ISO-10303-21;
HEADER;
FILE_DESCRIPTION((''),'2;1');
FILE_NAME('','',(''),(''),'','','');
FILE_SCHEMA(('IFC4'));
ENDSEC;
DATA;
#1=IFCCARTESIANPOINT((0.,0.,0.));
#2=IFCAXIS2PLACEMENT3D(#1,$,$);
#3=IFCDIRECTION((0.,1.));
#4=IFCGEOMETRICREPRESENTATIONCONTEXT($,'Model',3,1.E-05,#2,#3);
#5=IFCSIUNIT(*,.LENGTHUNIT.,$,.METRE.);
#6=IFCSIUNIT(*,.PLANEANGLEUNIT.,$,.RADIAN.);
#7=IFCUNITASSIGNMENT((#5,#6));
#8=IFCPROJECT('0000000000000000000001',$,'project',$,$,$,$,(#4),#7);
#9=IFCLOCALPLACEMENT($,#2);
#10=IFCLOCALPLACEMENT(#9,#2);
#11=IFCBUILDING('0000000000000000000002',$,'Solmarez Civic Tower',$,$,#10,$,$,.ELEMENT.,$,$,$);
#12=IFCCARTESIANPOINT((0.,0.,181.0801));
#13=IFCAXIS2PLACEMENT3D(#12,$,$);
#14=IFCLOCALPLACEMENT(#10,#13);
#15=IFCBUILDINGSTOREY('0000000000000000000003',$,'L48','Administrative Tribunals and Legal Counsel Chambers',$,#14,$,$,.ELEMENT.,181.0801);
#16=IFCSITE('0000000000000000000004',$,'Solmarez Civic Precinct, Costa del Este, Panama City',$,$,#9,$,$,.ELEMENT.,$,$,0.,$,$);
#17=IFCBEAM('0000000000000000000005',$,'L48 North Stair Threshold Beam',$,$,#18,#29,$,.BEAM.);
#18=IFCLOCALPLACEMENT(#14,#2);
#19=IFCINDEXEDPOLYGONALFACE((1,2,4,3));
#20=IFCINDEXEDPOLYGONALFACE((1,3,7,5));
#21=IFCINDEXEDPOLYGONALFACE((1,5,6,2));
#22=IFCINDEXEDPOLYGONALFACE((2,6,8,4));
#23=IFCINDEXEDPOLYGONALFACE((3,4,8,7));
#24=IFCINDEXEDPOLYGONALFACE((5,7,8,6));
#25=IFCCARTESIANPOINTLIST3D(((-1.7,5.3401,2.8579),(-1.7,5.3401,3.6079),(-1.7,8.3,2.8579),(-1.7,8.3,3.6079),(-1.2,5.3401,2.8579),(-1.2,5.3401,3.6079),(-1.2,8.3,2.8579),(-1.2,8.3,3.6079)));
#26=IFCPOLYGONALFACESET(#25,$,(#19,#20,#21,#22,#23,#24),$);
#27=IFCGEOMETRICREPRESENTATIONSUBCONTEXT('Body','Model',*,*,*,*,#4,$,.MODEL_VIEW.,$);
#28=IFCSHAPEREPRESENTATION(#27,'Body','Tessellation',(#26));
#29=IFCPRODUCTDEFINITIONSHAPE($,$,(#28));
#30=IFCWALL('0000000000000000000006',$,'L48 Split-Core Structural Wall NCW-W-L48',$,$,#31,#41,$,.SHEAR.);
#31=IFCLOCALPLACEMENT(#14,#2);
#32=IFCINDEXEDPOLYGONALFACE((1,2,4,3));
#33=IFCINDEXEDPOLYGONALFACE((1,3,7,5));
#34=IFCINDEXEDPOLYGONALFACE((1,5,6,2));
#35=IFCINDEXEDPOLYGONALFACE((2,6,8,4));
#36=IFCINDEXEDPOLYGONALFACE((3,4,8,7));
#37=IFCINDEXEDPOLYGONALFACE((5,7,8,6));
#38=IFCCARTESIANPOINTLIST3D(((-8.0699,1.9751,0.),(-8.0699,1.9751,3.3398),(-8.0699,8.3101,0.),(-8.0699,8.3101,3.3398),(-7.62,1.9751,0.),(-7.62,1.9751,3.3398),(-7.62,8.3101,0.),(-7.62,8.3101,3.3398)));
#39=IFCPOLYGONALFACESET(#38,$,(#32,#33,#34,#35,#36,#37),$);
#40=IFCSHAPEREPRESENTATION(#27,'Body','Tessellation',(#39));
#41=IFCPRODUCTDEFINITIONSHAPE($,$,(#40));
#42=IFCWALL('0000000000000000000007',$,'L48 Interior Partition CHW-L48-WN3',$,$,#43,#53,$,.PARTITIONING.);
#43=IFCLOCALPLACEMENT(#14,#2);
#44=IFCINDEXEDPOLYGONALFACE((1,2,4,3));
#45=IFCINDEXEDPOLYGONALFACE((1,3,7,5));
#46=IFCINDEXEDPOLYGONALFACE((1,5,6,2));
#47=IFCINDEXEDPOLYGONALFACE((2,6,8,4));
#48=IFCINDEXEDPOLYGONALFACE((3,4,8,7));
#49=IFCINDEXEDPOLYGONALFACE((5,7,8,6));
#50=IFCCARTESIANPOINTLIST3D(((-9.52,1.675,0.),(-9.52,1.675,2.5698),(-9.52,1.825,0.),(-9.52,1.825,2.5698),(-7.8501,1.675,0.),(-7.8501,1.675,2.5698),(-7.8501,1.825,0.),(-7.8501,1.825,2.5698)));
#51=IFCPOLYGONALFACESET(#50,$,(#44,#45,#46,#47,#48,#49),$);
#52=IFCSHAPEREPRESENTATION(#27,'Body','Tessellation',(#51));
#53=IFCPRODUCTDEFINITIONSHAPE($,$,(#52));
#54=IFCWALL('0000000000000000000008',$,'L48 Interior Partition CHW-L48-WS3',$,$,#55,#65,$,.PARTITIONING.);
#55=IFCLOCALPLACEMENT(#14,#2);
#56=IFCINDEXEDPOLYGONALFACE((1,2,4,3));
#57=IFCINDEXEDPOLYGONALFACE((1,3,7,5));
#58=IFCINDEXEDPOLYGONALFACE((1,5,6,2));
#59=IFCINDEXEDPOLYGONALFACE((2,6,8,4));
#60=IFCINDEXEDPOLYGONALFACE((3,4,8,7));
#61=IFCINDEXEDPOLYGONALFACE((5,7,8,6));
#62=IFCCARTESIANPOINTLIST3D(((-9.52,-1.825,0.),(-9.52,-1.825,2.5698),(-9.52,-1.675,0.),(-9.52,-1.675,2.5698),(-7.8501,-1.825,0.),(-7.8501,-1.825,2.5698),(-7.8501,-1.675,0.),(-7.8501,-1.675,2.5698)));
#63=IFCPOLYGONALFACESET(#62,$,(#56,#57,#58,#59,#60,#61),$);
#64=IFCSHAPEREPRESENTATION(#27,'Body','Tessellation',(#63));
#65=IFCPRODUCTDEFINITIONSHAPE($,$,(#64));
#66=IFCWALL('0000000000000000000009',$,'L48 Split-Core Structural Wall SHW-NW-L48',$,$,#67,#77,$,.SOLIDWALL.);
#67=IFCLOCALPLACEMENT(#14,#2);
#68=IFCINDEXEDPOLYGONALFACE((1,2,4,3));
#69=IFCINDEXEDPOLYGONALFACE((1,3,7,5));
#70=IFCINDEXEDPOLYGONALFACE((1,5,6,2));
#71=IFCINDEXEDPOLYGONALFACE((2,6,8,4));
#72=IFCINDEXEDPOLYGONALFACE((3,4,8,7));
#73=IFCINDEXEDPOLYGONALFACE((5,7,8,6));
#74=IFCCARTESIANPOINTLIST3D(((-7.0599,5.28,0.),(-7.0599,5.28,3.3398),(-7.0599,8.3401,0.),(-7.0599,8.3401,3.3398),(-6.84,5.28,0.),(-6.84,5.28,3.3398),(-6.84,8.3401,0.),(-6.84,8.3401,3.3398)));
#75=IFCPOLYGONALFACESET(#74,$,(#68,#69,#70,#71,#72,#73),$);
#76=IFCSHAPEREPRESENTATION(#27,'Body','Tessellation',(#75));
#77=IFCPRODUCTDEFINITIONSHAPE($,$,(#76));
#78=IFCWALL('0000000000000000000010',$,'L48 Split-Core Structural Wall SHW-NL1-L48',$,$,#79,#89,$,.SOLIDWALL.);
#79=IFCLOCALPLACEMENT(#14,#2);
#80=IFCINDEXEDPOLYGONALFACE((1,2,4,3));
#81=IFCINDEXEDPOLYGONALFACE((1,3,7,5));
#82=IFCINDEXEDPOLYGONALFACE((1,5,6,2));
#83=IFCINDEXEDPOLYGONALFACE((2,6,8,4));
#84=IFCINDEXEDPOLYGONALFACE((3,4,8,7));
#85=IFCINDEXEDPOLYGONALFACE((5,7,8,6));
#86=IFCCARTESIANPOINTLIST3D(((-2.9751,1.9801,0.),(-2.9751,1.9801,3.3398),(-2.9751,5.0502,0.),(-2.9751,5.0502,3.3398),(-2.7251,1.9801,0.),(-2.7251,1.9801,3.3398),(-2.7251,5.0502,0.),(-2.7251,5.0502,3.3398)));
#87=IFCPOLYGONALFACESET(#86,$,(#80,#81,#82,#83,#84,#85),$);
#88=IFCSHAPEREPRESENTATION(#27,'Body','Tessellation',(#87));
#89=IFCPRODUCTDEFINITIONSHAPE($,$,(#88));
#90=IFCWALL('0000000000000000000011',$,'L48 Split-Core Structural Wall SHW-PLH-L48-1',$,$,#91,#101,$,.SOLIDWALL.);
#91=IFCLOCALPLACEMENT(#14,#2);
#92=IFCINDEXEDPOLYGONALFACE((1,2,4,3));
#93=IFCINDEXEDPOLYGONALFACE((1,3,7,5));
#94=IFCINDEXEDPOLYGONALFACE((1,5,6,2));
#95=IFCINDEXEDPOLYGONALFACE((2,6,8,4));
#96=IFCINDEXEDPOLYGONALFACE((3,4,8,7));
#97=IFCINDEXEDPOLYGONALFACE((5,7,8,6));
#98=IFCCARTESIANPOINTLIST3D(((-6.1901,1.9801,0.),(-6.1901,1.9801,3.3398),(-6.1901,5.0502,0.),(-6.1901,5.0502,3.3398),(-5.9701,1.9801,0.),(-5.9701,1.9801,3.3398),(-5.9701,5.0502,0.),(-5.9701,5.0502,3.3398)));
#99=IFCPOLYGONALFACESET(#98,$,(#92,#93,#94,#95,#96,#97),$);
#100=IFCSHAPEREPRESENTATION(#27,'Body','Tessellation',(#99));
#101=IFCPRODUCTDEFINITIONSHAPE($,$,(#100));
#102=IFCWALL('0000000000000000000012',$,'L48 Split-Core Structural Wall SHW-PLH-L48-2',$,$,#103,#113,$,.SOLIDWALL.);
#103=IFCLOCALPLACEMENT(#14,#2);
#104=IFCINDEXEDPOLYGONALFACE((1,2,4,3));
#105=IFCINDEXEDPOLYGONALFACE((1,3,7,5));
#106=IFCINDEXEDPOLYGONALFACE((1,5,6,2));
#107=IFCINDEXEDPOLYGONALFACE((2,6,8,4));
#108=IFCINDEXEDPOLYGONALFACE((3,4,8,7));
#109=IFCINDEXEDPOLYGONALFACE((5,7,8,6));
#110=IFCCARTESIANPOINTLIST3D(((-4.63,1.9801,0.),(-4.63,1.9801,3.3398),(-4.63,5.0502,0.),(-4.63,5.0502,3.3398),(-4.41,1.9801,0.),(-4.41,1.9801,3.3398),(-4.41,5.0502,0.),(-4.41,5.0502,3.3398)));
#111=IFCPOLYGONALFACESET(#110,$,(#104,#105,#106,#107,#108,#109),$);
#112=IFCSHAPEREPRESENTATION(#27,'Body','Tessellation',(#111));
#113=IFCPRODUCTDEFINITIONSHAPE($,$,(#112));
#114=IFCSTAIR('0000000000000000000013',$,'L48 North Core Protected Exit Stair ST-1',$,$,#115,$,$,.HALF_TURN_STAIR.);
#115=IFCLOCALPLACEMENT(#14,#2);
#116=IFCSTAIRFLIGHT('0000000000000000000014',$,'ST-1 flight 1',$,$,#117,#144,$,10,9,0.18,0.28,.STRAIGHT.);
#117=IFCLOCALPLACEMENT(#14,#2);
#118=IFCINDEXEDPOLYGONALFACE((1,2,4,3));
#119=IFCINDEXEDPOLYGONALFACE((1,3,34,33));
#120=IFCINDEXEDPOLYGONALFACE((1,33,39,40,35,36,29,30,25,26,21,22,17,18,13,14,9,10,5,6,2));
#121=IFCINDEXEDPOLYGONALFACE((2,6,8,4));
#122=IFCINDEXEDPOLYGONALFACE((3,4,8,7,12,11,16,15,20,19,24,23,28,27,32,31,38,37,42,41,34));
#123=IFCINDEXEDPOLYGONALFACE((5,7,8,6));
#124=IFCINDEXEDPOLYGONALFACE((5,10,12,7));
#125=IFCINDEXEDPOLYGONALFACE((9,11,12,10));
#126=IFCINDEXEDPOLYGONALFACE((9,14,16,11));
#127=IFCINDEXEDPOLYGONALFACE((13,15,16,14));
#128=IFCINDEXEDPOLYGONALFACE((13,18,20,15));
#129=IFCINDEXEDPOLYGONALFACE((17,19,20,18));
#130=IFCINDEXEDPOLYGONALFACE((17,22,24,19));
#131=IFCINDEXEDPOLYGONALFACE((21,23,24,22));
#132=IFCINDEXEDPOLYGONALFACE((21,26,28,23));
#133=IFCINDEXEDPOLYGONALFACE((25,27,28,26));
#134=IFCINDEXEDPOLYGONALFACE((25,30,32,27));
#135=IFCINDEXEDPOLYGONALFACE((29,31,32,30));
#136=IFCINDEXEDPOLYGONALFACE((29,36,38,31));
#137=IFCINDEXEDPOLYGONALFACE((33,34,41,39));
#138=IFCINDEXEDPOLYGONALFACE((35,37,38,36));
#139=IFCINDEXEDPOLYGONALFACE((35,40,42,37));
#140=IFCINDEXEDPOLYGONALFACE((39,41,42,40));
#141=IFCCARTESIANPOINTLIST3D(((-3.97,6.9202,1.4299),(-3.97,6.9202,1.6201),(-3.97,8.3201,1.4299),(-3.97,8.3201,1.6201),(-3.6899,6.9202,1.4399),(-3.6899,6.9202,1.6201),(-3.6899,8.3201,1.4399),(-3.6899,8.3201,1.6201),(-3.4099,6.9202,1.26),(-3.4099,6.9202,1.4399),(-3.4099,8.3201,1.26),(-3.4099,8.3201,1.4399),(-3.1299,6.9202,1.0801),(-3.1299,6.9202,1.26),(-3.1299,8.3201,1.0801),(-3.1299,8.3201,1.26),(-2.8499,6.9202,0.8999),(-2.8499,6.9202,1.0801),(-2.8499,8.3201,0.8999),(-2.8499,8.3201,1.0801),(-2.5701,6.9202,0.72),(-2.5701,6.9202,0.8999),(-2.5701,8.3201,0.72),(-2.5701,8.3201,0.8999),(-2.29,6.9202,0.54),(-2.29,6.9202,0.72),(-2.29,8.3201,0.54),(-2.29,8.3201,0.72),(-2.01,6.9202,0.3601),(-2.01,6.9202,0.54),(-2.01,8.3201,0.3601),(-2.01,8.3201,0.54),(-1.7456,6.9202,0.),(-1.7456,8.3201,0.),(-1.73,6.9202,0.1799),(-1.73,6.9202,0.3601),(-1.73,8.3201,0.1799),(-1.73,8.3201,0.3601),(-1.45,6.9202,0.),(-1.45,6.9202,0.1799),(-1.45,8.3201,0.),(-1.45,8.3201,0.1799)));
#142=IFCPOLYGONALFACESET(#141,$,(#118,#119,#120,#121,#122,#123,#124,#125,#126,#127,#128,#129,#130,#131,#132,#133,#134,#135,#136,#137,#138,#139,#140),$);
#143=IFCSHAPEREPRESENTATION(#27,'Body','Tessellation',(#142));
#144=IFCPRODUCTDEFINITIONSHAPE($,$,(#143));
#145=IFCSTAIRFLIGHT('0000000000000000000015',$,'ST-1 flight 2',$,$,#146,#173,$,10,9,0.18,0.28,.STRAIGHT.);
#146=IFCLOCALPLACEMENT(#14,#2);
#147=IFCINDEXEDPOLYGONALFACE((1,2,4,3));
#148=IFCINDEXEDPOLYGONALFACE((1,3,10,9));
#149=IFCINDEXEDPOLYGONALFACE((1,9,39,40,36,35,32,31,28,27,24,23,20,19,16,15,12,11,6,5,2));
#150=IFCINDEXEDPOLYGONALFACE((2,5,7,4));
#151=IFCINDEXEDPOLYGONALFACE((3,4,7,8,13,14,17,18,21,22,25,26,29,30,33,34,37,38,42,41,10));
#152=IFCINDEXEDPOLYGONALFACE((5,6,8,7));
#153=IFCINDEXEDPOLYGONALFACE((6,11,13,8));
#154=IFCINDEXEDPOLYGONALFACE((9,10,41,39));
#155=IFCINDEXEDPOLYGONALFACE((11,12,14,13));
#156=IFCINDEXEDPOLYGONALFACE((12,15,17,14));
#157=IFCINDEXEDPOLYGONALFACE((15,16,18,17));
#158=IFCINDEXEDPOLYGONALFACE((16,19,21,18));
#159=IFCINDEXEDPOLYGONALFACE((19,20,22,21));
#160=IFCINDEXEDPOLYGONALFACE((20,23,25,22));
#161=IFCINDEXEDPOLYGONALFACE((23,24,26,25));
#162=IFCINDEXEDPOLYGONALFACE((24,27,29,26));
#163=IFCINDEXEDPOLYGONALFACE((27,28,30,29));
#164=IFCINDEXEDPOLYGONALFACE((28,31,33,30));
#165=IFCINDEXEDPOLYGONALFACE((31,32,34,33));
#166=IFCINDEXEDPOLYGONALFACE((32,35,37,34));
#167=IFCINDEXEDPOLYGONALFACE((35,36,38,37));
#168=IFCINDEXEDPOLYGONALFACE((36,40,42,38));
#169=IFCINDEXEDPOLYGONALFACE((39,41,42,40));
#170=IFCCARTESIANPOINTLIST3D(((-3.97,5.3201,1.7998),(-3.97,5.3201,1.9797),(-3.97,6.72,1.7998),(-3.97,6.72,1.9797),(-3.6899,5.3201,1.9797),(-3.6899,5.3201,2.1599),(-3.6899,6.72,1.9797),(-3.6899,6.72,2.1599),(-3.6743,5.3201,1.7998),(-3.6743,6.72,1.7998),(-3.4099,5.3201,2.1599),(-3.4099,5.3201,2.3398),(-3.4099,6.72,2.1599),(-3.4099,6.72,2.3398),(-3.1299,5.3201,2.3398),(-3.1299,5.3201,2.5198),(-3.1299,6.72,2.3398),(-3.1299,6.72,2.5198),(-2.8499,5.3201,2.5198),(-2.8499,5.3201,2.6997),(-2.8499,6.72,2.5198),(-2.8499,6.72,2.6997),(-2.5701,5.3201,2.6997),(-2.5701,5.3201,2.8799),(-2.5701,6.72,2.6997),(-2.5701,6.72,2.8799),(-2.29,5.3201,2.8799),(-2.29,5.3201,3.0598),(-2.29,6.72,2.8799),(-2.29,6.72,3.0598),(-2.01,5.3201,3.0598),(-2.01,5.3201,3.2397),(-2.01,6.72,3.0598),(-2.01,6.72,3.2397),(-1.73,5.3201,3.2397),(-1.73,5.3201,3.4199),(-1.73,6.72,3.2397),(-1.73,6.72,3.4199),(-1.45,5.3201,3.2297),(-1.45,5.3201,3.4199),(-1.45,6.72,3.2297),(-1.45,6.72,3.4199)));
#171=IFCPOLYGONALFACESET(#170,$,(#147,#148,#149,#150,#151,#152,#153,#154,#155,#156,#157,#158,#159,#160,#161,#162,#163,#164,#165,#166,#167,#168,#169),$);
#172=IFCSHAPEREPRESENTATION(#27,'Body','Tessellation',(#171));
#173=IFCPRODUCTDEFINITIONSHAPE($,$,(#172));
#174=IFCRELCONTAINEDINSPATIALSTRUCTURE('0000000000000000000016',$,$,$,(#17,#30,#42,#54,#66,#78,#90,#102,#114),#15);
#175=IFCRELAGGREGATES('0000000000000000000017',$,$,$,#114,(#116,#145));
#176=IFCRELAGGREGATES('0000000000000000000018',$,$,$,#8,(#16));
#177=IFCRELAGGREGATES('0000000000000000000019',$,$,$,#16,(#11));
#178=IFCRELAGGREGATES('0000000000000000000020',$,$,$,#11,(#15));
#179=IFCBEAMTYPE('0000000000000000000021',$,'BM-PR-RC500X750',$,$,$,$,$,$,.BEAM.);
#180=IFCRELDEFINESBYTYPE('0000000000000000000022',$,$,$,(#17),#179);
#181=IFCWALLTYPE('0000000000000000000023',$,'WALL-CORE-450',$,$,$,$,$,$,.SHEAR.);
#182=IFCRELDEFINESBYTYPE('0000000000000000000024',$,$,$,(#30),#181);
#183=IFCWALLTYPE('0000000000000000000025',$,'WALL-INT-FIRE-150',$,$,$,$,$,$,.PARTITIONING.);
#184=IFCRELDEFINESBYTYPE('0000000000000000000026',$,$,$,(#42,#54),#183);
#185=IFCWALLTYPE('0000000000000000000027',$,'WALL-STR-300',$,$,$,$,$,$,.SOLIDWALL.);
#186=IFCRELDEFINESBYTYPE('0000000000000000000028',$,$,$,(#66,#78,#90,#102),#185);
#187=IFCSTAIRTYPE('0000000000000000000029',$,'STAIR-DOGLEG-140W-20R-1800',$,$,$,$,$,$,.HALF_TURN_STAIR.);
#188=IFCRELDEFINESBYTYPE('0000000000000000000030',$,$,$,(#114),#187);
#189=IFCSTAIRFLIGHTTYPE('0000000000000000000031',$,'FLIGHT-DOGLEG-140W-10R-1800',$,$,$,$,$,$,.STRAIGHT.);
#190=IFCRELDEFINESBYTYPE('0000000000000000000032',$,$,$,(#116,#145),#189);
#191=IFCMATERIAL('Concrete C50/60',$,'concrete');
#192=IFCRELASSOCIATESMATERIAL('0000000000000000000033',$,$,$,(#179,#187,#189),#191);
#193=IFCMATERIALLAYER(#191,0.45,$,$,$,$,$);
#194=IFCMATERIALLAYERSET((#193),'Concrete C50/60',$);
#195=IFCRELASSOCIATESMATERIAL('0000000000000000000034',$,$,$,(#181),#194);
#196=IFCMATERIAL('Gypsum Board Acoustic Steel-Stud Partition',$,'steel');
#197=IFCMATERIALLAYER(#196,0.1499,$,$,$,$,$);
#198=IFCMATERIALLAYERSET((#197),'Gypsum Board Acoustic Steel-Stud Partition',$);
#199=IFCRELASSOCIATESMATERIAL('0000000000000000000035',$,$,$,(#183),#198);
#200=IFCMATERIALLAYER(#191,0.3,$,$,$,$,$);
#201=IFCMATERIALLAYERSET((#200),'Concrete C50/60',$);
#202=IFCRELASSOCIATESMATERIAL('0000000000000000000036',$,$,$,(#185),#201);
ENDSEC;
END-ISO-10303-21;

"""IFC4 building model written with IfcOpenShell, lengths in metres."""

from ifc_helpers import new_model, si_unit, direction, frame, frame_2d, origin, origin_2d, place, context, subcontext, project, spatial, polyline, rectangle, outline, extrude, material, layer, layer_set, material_profile, profile_set, type_object, element, aggregate, save


model = new_model("IFC4")

# Units and contexts
model_context = context("Model", 3, precision=1e-05, world=origin(), true_north=direction((0.0, 1.0)))
body_context = subcontext(model_context, "Body", "Model", "MODEL_VIEW")
ifc_project = project(units=[si_unit("LENGTHUNIT", "METRE"), si_unit("PLANEANGLEUNIT", "RADIAN")], contexts=[model_context])

# Site, building, storey
site_placement = place(None, origin())
site = spatial("IfcSite", under=ifc_project, at=site_placement, Name="Solmarez Civic Precinct, Costa del Este, Panama City", CompositionType="ELEMENT", RefElevation=0.0)
building_placement = place(site_placement, origin())
building = spatial("IfcBuilding", under=site, at=building_placement, Name="Solmarez Civic Tower", CompositionType="ELEMENT")
storey_placement = place(building_placement, frame((0.0, 0.0, 181.0801)))
storey = spatial("IfcBuildingStorey", under=building, at=storey_placement, Name="L48", Description="Administrative Tribunals and Legal Counsel Chambers", CompositionType="ELEMENT", Elevation=181.0801)

# Beam
ifc_material_1 = material(Name="Concrete C50/60", Category="concrete")
ifc_material_profile = material_profile(ifc_material_1, rectangle(XDim=0.5, YDim=0.75, at=origin_2d()), Name="RC500X750")
ifc_profile_set = profile_set([ifc_material_profile], Name="Concrete C50/60")
beam_type = type_object("IfcBeamType", Name="BM-PR-RC500X750", PredefinedType="BEAM", material=ifc_profile_set)
beam_placement = place(storey_placement, frame((-1.45, 5.3401, 3.2329), z_axis=(0.0, 1.0, 0.0), x_axis=(-1.0, 0.0, 0.0)))
element("IfcBeam", 1, at=beam_placement, inside=storey, type_object=beam_type, Name="L48 North Stair Threshold Beam", PredefinedType="BEAM", context=body_context, shape_type="SweptSolid", body=[
    extrude(rectangle(XDim=0.5, YDim=0.75, at=origin_2d()), origin(), (0.0, 0.0, 1.0), 2.96),
])

# Walls
ifc_layer_1 = layer(ifc_material_1, 0.45)
ifc_layer_set_1 = layer_set([ifc_layer_1], Name="Concrete C50/60")
wall_type_1 = type_object("IfcWallType", Name="WALL-CORE-450", PredefinedType="SHEAR", material=ifc_layer_set_1)
wall_1_placement = place(storey_placement, frame((-7.845, 1.9751, 0.0), z_axis=(0.0, 0.0, 1.0), x_axis=(0.0, 1.0, 0.0)))
element("IfcWall", 2, at=wall_1_placement, inside=storey, type_object=wall_type_1, Name="L48 Split-Core Structural Wall NCW-W-L48", PredefinedType="SHEAR", context=body_context, shape_type="SweptSolid", body=[
    extrude(rectangle(XDim=6.335, YDim=0.45, at=frame_2d((3.1675, 0.0))), origin(), (0.0, 0.0, 1.0), 3.3398),
])
ifc_material_2 = material(Name="Gypsum Board Acoustic Steel-Stud Partition", Category="steel")
ifc_layer_2 = layer(ifc_material_2, 0.1499)
ifc_layer_set_2 = layer_set([ifc_layer_2], Name="Gypsum Board Acoustic Steel-Stud Partition")
wall_type_2 = type_object("IfcWallType", Name="WALL-INT-FIRE-150", PredefinedType="PARTITIONING", material=ifc_layer_set_2)
for number, where, z_axis, x_axis, name in (
    (3, (-7.8501, 1.75, 0.0), (0.0, 0.0, 1.0), (-1.0, 0.0, 0.0), "L48 Interior Partition CHW-L48-WN3"),
    (4, (-7.8501, -1.75, 0.0), (0.0, 0.0, 1.0), (-1.0, 0.0, 0.0), "L48 Interior Partition CHW-L48-WS3"),
):
    element("IfcWall", number, at=place(storey_placement, frame(where, z_axis=z_axis, x_axis=x_axis)), inside=storey, type_object=wall_type_2, Name=name, PredefinedType="PARTITIONING", context=body_context, shape_type="SweptSolid", body=[
        extrude(rectangle(XDim=1.6699, YDim=0.1499, at=frame_2d((0.835, 0.0))), origin(), (0.0, 0.0, 1.0), 2.5698),
    ])
ifc_layer_3 = layer(ifc_material_1, 0.3)
ifc_layer_set_3 = layer_set([ifc_layer_3], Name="Concrete C50/60")
wall_type_3 = type_object("IfcWallType", Name="WALL-STR-300", PredefinedType="SOLIDWALL", material=ifc_layer_set_3)
wall_2_placement = place(storey_placement, frame((-6.95, 5.28, 0.0), z_axis=(0.0, 0.0, 1.0), x_axis=(0.0, 1.0, 0.0)))
element("IfcWall", 5, at=wall_2_placement, inside=storey, type_object=wall_type_3, Name="L48 Split-Core Structural Wall SHW-NW-L48", PredefinedType="SOLIDWALL", context=body_context, shape_type="SweptSolid", body=[
    extrude(rectangle(XDim=3.0601, YDim=0.22, at=frame_2d((1.53, 0.0))), origin(), (0.0, 0.0, 1.0), 3.3398),
])
wall_3_placement = place(storey_placement, frame((-2.8501, 1.98, 0.0), z_axis=(0.0, 0.0, 1.0), x_axis=(0.0, 1.0, 0.0)))
element("IfcWall", 6, at=wall_3_placement, inside=storey, type_object=wall_type_3, Name="L48 Split-Core Structural Wall SHW-NL1-L48", PredefinedType="SOLIDWALL", context=body_context, shape_type="SweptSolid", body=[
    extrude(rectangle(XDim=3.0701, YDim=0.25, at=frame_2d((1.5352, 0.0))), origin(), (0.0, 0.0, 1.0), 3.3398),
])
for number, where, z_axis, x_axis, name in (
    (7, (-6.0801, 1.98, 0.0), (0.0, 0.0, 1.0), (0.0, 1.0, 0.0), "L48 Split-Core Structural Wall SHW-PLH-L48-1"),
    (8, (-4.52, 1.98, 0.0), (0.0, 0.0, 1.0), (0.0, 1.0, 0.0), "L48 Split-Core Structural Wall SHW-PLH-L48-2"),
):
    element("IfcWall", number, at=place(storey_placement, frame(where, z_axis=z_axis, x_axis=x_axis)), inside=storey, type_object=wall_type_3, Name=name, PredefinedType="SOLIDWALL", context=body_context, shape_type="SweptSolid", body=[
        extrude(rectangle(XDim=3.0701, YDim=0.22, at=frame_2d((1.5352, 0.0))), origin(), (0.0, 0.0, 1.0), 3.3398),
    ])

# Stair, stair flights
stair_type = type_object("IfcStairType", Name="STAIR-DOGLEG-140W-20R-1800", PredefinedType="HALF_TURN_STAIR", material=ifc_material_1)
stair_placement = place(storey_placement, origin())
stair = element("IfcStair", 9, at=stair_placement, inside=storey, type_object=stair_type, Name="L48 North Core Protected Exit Stair ST-1", PredefinedType="HALF_TURN_STAIR")
stair_flight_type = type_object("IfcStairFlightType", Name="FLIGHT-DOGLEG-140W-10R-1800", PredefinedType="STRAIGHT", material=ifc_material_1)
stair_flight_1_placement = place(storey_placement, frame((-1.45, 7.6201, 0.0), z_axis=(0.0, 0.0, 1.0), x_axis=(-1.0, 0.0, 0.0)))
stair_flight_1 = element("IfcStairFlight", 10, at=stair_flight_1_placement, type_object=stair_flight_type, Name="ST-1 flight 1", NumberOfRisers=10, NumberOfTreads=9, PredefinedType="STRAIGHT", RiserHeight=0.18, TreadLength=0.28, context=body_context, shape_type="SweptSolid", body=[
    extrude(outline(polyline([(0.0, 0.0), (0.0, 0.1799), (0.28, 0.1799), (0.28, 0.3601), (0.5601, 0.3601), (0.5601, 0.54), (0.8401, 0.54), (0.8401, 0.72), (1.1201, 0.72), (1.1201, 0.8999), (1.3999, 0.8999), (1.3999, 1.0801), (1.6799, 1.0801), (1.6799, 1.26), (1.96, 1.26), (1.96, 1.4399), (2.24, 1.4399), (2.24, 1.6201), (2.52, 1.6201), (2.52, 1.8), (2.52, 1.4299), (0.2957, 0.0), (0.0, 0.0)])), frame((0.0, 0.7, 0.0), z_axis=(0.0, -1.0, 0.0), x_axis=(1.0, 0.0, 0.0)), (0.0, 0.0, 1.0), 1.3999),
])
stair_flight_2_placement = place(storey_placement, frame((-3.97, 6.02, 1.7998), z_axis=(0.0, 0.0, 1.0), x_axis=(1.0, 0.0, 0.0)))
stair_flight_2 = element("IfcStairFlight", 11, at=stair_flight_2_placement, type_object=stair_flight_type, Name="ST-1 flight 2", NumberOfRisers=10, NumberOfTreads=9, PredefinedType="STRAIGHT", RiserHeight=0.18, TreadLength=0.28, context=body_context, shape_type="SweptSolid", body=[
    extrude(outline(polyline([(0.0, 0.0), (0.0, 0.1799), (0.28, 0.1799), (0.28, 0.3601), (0.5601, 0.3601), (0.5601, 0.54), (0.8401, 0.54), (0.8401, 0.72), (1.1201, 0.72), (1.1201, 0.8999), (1.3999, 0.8999), (1.3999, 1.0801), (1.6799, 1.0801), (1.6799, 1.26), (1.96, 1.26), (1.96, 1.4399), (2.24, 1.4399), (2.24, 1.6201), (2.52, 1.6201), (2.52, 1.8), (2.52, 1.4299), (0.2957, 0.0), (0.0, 0.0)])), frame((0.0, 0.7, 0.0), z_axis=(0.0, -1.0, 0.0), x_axis=(1.0, 0.0, 0.0)), (0.0, 0.0, 1.0), 1.3999),
])
aggregate(stair, [stair_flight_1, stair_flight_2])

save(model, "model.ifc")
